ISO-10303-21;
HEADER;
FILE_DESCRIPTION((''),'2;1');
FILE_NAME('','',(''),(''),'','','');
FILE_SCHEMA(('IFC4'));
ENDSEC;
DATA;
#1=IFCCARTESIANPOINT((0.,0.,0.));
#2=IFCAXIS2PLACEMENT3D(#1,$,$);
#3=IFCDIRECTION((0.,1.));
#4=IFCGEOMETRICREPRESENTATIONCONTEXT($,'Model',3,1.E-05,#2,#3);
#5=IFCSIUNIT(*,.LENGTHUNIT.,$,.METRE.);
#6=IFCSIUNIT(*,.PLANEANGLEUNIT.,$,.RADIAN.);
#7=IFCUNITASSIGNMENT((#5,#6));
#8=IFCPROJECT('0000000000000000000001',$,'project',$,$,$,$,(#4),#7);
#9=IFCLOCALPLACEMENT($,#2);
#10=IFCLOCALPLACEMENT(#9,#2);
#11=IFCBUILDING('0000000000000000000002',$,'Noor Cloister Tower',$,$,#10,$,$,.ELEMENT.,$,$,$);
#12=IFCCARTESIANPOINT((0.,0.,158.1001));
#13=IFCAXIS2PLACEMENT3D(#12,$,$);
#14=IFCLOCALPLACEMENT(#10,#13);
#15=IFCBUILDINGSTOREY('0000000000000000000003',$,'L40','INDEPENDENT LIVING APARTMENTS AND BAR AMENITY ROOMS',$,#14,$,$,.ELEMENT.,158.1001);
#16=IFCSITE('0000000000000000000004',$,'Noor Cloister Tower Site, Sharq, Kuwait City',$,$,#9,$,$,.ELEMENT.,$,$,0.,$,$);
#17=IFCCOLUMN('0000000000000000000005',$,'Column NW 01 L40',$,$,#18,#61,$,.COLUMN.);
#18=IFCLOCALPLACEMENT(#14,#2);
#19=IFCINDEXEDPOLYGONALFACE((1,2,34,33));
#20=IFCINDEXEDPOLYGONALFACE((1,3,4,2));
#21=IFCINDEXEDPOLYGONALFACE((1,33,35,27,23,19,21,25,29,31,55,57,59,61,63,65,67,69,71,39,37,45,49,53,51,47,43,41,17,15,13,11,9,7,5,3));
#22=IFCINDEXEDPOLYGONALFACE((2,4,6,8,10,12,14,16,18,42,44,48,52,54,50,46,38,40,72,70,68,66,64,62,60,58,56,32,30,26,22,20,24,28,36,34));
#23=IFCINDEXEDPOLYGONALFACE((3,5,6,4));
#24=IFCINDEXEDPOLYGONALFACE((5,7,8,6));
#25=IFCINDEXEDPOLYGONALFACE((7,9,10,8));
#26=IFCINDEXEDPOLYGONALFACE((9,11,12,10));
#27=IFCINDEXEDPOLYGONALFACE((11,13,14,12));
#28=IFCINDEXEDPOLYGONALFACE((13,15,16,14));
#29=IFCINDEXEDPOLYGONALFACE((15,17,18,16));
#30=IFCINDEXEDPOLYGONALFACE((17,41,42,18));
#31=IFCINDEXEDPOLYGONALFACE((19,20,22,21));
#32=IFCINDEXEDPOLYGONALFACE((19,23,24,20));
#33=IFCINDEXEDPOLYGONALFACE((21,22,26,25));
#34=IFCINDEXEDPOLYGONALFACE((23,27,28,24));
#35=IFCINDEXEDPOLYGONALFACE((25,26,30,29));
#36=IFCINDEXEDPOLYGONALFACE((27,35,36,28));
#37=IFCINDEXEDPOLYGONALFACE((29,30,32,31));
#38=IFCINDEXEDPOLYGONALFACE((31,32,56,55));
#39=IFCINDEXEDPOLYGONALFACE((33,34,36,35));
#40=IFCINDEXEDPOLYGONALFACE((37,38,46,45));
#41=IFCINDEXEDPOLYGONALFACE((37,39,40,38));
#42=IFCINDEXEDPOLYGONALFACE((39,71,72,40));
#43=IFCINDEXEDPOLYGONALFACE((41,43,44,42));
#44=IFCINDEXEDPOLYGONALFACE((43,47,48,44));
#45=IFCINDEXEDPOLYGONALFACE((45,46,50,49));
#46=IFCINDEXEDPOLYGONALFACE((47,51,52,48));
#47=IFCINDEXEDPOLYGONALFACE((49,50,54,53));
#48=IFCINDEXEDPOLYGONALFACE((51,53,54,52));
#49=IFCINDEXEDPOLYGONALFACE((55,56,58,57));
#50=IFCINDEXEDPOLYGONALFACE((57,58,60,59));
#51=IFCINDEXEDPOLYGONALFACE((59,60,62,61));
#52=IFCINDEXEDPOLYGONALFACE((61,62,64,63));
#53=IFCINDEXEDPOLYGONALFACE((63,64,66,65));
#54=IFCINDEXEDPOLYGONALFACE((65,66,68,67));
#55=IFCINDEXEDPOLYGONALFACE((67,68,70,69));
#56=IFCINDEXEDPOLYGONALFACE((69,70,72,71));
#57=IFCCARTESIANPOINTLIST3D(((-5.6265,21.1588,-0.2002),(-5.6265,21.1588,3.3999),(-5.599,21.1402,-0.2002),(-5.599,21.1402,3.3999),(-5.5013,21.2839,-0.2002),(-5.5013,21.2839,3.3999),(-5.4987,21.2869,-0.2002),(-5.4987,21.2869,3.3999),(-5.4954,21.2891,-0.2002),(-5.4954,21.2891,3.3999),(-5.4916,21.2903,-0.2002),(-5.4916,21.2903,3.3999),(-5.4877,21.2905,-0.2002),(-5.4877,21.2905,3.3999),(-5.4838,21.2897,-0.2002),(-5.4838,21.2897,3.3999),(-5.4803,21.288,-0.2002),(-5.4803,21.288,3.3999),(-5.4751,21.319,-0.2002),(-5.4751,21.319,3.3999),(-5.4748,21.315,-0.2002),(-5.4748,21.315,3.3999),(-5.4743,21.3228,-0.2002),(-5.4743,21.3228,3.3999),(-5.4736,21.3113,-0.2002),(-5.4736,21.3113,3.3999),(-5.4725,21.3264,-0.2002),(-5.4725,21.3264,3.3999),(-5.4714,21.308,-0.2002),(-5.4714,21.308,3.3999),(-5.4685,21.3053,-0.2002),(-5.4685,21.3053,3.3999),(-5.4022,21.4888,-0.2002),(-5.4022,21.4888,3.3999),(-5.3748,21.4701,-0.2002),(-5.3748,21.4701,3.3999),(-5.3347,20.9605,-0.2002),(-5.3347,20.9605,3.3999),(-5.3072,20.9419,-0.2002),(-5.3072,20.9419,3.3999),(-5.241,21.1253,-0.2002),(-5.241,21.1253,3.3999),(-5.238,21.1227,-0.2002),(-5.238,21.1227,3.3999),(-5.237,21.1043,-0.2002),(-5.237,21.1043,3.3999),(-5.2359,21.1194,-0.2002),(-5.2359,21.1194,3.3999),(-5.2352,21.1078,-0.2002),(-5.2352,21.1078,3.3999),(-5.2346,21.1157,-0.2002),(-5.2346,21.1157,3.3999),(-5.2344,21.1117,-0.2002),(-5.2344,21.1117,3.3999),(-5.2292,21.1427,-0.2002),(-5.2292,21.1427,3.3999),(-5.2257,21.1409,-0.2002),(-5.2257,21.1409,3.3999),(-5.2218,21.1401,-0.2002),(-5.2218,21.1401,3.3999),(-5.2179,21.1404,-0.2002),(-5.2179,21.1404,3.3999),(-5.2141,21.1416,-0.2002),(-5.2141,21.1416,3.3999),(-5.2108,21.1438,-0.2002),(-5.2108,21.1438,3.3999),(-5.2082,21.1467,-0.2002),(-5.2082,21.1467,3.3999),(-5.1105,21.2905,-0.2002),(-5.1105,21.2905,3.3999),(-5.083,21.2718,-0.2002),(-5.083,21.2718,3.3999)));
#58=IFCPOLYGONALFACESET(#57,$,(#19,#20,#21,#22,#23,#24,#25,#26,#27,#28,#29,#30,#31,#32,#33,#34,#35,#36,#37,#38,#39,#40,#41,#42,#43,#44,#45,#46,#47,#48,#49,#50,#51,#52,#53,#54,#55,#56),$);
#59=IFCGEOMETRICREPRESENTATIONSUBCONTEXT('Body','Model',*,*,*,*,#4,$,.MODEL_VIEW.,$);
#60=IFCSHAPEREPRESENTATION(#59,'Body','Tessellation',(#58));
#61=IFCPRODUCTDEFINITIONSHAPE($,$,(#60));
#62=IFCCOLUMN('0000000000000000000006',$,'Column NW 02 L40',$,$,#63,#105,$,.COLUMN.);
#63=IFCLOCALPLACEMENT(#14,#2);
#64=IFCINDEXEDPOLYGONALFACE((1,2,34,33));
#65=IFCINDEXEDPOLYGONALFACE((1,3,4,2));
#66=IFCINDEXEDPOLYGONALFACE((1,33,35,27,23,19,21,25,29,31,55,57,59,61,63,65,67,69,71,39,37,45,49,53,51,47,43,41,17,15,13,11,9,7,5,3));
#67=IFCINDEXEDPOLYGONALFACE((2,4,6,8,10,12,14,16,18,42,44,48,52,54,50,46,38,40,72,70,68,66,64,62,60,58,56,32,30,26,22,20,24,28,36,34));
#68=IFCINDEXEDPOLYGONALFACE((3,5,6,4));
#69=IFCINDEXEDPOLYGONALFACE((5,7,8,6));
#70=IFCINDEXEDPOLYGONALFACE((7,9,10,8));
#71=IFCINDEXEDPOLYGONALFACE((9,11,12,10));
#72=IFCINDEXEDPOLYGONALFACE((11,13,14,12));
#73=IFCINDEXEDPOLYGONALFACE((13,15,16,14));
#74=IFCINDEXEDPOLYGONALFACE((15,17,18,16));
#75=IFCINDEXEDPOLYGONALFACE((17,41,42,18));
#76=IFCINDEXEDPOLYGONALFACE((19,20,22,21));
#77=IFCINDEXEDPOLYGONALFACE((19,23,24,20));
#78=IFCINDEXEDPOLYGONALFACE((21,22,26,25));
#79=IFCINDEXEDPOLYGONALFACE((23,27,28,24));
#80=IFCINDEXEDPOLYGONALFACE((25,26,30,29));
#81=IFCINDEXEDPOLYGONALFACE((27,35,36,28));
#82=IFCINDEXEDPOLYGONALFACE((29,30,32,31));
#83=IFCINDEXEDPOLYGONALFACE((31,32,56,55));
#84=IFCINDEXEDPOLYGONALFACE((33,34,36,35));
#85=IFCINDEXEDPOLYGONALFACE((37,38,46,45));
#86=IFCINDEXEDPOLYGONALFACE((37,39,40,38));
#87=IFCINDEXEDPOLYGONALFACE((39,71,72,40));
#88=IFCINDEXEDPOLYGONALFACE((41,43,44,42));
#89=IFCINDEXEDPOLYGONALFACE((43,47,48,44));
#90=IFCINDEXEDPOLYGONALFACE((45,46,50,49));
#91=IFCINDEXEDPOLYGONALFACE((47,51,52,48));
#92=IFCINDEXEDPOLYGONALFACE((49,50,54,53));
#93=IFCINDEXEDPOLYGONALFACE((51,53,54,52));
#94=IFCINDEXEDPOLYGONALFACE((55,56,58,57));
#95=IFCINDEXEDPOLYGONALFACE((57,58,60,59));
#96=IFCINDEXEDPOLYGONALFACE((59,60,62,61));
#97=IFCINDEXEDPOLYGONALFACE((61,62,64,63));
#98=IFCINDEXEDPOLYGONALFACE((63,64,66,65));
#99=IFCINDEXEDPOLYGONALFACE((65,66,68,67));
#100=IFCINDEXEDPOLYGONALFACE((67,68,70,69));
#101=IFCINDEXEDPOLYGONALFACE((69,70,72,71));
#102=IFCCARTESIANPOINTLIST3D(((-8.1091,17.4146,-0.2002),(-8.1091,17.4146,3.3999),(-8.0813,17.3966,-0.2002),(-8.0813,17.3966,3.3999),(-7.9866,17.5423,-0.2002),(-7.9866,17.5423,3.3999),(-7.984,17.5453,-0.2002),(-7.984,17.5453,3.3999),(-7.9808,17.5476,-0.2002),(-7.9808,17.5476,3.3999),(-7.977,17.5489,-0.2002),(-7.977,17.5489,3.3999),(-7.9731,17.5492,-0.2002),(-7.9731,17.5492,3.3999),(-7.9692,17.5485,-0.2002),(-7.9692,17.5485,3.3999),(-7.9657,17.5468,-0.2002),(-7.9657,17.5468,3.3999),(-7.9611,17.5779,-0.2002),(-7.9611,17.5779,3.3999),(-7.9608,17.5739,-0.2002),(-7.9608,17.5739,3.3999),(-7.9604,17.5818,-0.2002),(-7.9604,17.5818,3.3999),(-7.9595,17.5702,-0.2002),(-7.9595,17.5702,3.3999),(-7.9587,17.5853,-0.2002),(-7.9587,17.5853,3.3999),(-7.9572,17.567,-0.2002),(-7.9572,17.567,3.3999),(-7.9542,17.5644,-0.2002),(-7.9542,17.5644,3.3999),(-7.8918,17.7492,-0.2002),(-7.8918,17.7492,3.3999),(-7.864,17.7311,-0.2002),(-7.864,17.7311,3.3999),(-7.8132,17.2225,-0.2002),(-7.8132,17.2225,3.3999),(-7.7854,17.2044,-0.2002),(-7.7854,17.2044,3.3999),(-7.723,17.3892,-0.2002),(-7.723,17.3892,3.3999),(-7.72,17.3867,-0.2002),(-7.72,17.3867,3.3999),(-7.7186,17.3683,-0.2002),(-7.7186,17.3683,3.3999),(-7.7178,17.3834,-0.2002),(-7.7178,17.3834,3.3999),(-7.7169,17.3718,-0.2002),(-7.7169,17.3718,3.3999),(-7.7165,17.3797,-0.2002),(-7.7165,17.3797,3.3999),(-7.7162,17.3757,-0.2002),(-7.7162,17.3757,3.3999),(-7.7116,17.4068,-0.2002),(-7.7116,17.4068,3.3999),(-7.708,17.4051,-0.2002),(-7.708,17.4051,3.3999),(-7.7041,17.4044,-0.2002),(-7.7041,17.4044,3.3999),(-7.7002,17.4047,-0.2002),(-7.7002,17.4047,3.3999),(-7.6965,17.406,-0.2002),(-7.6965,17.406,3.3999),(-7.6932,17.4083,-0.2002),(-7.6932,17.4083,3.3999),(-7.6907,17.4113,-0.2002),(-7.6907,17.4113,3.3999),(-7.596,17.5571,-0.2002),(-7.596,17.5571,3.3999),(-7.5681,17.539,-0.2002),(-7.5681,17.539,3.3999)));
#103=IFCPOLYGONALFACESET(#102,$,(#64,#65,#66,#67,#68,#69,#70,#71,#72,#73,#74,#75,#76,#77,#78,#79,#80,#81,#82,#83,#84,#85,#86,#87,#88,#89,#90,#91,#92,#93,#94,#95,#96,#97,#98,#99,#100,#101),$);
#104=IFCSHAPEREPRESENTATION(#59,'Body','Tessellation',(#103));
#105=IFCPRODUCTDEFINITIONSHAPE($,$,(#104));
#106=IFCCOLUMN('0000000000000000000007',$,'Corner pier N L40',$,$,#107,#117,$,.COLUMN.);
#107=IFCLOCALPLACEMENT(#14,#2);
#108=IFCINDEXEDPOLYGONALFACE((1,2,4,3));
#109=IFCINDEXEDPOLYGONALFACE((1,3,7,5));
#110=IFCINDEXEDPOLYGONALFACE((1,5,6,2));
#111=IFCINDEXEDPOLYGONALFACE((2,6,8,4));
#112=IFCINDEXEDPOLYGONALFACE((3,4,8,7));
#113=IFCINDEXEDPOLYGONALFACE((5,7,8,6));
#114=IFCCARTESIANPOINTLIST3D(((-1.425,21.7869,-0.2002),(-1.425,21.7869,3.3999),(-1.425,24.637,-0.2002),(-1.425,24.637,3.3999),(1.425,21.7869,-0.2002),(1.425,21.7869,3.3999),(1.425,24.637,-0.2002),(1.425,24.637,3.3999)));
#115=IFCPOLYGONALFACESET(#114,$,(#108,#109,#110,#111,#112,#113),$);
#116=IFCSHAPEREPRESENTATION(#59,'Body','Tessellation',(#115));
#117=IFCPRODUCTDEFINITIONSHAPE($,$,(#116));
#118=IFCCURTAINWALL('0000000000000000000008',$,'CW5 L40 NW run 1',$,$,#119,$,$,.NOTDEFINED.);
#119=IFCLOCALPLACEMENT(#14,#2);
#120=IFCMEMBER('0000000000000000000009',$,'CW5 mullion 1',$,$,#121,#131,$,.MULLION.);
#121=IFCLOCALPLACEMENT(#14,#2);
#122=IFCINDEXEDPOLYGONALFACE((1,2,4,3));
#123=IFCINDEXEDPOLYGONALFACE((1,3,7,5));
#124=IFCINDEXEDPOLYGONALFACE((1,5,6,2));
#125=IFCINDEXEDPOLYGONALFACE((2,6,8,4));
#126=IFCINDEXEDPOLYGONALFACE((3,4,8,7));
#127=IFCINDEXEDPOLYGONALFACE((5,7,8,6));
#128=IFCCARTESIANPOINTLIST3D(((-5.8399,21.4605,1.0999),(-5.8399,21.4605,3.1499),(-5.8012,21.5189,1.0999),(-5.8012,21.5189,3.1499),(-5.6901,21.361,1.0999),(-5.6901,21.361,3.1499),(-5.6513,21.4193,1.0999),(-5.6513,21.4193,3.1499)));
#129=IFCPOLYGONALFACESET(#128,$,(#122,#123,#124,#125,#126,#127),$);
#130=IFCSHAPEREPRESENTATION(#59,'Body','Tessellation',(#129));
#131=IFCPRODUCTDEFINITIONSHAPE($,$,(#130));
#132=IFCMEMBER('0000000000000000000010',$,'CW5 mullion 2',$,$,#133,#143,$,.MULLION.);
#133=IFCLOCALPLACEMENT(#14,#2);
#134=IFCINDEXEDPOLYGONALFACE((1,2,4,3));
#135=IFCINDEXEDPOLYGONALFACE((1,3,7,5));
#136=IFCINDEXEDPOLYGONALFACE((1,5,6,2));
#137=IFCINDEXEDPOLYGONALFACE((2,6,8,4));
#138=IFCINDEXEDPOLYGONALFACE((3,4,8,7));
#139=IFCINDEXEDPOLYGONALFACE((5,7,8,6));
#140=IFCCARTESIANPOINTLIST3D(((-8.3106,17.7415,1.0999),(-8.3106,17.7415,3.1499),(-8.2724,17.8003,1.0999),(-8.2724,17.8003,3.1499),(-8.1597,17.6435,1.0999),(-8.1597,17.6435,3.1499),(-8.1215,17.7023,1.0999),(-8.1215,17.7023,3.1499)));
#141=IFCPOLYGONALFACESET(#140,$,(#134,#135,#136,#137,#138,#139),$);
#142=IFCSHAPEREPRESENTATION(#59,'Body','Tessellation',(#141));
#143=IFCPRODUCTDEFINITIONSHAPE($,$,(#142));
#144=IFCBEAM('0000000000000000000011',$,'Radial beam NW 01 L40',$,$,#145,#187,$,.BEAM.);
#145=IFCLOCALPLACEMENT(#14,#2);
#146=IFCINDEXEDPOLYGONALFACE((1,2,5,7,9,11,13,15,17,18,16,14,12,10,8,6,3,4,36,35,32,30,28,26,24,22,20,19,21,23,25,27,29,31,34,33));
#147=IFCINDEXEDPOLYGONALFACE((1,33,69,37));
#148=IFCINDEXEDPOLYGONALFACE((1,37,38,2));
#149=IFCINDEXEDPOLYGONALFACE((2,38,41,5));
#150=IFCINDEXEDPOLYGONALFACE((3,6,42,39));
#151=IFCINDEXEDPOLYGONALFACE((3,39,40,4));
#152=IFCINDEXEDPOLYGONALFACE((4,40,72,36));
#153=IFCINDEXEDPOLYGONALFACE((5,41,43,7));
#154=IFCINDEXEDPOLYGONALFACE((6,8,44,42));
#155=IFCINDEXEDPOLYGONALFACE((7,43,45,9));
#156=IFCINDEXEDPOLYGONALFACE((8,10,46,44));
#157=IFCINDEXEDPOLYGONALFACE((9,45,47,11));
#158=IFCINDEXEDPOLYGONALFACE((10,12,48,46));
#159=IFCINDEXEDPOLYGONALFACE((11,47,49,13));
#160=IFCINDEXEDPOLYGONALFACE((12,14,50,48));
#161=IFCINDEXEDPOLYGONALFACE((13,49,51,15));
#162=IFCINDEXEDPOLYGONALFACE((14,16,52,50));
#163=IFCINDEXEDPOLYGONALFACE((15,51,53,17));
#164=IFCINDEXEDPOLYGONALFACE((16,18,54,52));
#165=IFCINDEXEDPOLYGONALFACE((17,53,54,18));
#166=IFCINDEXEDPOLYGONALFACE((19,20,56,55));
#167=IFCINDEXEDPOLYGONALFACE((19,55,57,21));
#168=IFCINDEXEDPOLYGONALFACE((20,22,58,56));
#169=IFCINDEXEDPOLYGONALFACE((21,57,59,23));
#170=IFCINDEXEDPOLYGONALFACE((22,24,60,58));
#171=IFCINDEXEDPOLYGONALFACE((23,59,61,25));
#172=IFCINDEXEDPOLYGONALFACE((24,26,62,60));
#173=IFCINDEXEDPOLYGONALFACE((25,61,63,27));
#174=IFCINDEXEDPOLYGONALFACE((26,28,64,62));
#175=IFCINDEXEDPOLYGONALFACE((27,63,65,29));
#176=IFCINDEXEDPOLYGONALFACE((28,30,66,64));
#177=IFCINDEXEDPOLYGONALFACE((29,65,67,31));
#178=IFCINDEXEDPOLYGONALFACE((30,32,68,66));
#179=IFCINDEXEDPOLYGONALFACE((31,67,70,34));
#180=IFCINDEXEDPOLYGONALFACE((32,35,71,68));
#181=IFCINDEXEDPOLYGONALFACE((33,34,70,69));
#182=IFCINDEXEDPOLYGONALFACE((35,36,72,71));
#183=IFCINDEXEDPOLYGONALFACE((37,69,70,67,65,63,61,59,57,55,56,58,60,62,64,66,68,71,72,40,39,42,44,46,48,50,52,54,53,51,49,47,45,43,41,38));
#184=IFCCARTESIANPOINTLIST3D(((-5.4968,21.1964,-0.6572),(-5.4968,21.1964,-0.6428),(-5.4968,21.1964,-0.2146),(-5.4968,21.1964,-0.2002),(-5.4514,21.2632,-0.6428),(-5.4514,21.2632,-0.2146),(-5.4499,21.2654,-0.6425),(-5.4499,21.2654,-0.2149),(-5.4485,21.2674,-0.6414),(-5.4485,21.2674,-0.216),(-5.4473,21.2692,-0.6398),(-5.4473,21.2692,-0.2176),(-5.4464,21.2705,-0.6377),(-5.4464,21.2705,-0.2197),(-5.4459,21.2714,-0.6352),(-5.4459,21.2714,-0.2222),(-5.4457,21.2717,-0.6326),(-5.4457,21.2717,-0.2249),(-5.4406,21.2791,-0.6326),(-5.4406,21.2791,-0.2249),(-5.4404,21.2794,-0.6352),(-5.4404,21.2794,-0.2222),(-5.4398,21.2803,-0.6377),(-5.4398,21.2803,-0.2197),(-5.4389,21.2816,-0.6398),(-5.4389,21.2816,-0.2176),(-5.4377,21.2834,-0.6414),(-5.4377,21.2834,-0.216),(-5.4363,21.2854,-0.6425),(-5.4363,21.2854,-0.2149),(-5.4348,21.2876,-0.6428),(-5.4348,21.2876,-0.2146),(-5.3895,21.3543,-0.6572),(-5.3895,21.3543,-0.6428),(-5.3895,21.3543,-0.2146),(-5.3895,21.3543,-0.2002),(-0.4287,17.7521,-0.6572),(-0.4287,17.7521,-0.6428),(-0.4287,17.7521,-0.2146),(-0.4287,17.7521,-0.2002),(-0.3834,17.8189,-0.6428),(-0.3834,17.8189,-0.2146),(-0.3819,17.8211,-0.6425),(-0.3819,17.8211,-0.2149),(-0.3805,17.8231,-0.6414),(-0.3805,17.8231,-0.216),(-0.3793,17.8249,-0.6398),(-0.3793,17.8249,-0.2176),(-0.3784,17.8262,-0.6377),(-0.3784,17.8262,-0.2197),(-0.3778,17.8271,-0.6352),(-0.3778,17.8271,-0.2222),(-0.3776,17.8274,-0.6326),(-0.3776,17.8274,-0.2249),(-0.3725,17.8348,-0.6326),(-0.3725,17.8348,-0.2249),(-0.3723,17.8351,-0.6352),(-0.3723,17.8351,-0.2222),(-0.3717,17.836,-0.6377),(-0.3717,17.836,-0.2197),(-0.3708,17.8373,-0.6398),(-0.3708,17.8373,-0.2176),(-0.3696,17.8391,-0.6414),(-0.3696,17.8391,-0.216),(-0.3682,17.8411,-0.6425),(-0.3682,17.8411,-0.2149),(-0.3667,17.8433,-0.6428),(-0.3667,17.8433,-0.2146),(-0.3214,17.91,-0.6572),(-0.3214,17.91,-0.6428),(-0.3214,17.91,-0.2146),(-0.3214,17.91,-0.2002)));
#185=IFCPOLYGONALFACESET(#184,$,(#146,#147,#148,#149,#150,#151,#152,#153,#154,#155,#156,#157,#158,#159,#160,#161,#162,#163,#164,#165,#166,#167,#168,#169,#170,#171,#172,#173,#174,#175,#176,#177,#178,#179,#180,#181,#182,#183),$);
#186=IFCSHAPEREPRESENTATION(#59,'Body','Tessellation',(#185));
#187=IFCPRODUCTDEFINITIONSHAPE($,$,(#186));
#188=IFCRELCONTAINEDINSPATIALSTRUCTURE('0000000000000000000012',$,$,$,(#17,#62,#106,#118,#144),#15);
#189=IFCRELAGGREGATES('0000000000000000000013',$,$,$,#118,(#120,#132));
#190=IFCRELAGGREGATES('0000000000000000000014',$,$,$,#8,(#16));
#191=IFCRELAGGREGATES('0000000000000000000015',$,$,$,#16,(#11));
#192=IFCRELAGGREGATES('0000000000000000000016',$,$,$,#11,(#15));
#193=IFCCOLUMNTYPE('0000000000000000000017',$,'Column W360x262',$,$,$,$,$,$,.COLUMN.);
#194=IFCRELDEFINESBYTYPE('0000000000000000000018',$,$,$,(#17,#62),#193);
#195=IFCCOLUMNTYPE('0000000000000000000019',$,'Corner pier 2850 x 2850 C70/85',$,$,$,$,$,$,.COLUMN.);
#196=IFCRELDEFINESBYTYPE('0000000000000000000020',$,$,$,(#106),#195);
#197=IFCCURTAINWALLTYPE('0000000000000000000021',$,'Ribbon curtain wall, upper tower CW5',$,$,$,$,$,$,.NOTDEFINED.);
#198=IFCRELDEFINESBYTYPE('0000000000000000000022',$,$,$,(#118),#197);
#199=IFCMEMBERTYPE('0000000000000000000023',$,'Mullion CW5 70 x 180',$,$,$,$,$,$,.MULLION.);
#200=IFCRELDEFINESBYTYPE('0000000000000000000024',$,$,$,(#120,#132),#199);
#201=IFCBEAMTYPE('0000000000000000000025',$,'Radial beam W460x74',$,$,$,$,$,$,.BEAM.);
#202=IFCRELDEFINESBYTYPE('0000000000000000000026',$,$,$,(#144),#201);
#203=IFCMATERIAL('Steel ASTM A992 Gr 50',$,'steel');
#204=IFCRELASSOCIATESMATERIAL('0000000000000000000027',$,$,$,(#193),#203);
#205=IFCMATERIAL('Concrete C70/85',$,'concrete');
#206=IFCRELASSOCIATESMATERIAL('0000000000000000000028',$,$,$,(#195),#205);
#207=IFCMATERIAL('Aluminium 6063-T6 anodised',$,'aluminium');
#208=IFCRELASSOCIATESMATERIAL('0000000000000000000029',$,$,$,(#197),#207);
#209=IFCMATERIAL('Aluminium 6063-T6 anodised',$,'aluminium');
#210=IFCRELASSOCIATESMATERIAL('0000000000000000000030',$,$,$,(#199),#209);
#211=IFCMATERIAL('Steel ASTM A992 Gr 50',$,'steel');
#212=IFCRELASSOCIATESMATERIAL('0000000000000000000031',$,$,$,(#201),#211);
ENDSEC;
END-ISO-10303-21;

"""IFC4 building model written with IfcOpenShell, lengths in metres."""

from ifc_helpers import new_model, si_unit, direction, frame, origin, origin_2d, place, context, subcontext, project, spatial, rectangle, i_section, extrude, material, material_profile, profile_set, type_object, element, aggregate, save


model = new_model("IFC4")

# Units and contexts
model_context = context("Model", 3, precision=1e-05, world=origin(), true_north=direction((0.0, 1.0)))
body_context = subcontext(model_context, "Body", "Model", "MODEL_VIEW")
ifc_project = project(units=[si_unit("LENGTHUNIT", "METRE"), si_unit("PLANEANGLEUNIT", "RADIAN")], contexts=[model_context])

# Site, building, storey
site_placement = place(None, origin())
site = spatial("IfcSite", under=ifc_project, at=site_placement, Name="Noor Cloister Tower Site, Sharq, Kuwait City", CompositionType="ELEMENT", RefElevation=0.0)
building_placement = place(site_placement, origin())
building = spatial("IfcBuilding", under=site, at=building_placement, Name="Noor Cloister Tower", CompositionType="ELEMENT")
storey_placement = place(building_placement, frame((0.0, 0.0, 158.1001)))
storey = spatial("IfcBuildingStorey", under=building, at=storey_placement, Name="L40", Description="INDEPENDENT LIVING APARTMENTS AND BAR AMENITY ROOMS", CompositionType="ELEMENT", Elevation=158.1001)

# Columns
ifc_material_1 = material(Name="Steel ASTM A992 Gr 50", Category="steel")
ifc_material_profile_1 = material_profile(ifc_material_1, i_section(OverallWidth=0.3989, OverallDepth=0.386, WebThickness=0.021, FlangeThickness=0.0332, FilletRadius=0.0151, at=origin_2d()), Name="W360x262")
ifc_profile_set_1 = profile_set([ifc_material_profile_1], Name="Steel ASTM A992 Gr 50")
column_type_1 = type_object("IfcColumnType", Name="Column W360x262", PredefinedType="COLUMN", material=ifc_profile_set_1)
for number, where, z_axis, x_axis, name in (
    (1, (-5.3547, 21.2153, -0.2002), (0.0, 0.0, 1.0), (-0.56209, -0.827076, 0.0), "Column NW 01 L40"),
    (2, (-7.8386, 17.4768, -0.2002), (0.0, 0.0, 1.0), (-0.544644, -0.838667, 0.0), "Column NW 02 L40"),
):
    element("IfcColumn", number, at=place(storey_placement, frame(where, z_axis=z_axis, x_axis=x_axis)), inside=storey, type_object=column_type_1, Name=name, PredefinedType="COLUMN", context=body_context, shape_type="SweptSolid", body=[
        extrude(i_section(OverallWidth=0.3989, OverallDepth=0.386, WebThickness=0.021, FlangeThickness=0.0332, FilletRadius=0.0151, at=origin_2d()), origin(), (0.0, 0.0, 1.0), 3.6001),
    ])
ifc_material_2 = material(Name="Concrete C70/85", Category="concrete")
ifc_material_profile_2 = material_profile(ifc_material_2, rectangle(XDim=2.8501, YDim=2.8501, at=origin_2d()), Name="RC 2850x2850")
ifc_profile_set_2 = profile_set([ifc_material_profile_2], Name="Concrete C70/85")
column_type_2 = type_object("IfcColumnType", Name="Corner pier 2850 x 2850 C70/85", PredefinedType="COLUMN", material=ifc_profile_set_2)
column_placement = place(storey_placement, frame((0.0, 23.2119, -0.2002), z_axis=(0.0, 0.0, 1.0), x_axis=(0.0, 1.0, 0.0)))
element("IfcColumn", 3, at=column_placement, inside=storey, type_object=column_type_2, Name="Corner pier N L40", PredefinedType="COLUMN", context=body_context, shape_type="SweptSolid", body=[
    extrude(rectangle(XDim=2.8501, YDim=2.8501, at=origin_2d()), origin(), (0.0, 0.0, 1.0), 3.6001),
])

# Curtain wall, members
ifc_material_3 = material(Name="Aluminium 6063-T6 anodised", Category="aluminium")
curtain_wall_type = type_object("IfcCurtainWallType", Name="Ribbon curtain wall, upper tower CW5", PredefinedType="NOTDEFINED", material=ifc_material_3)
curtain_wall_placement = place(storey_placement, origin())
curtain_wall = element("IfcCurtainWall", 4, at=curtain_wall_placement, inside=storey, type_object=curtain_wall_type, Name="CW5 L40 NW run 1", PredefinedType="NOTDEFINED")
ifc_material_4 = material(Name="Aluminium 6063-T6 anodised", Category="aluminium")
ifc_material_profile_3 = material_profile(ifc_material_4, rectangle(XDim=0.1799, YDim=0.0701, at=origin_2d()), Name="180 x 70 mullion")
ifc_profile_set_3 = profile_set([ifc_material_profile_3], Name="Aluminium 6063-T6 anodised")
member_type = type_object("IfcMemberType", Name="Mullion CW5 70 x 180", PredefinedType="MULLION", material=ifc_profile_set_3)
member_1_placement = place(storey_placement, frame((-5.7456, 21.4399, 1.0999), z_axis=(0.0, 0.0, 1.0), x_axis=(0.832917, -0.553398, 0.0)))
member_1 = element("IfcMember", 5, at=member_1_placement, type_object=member_type, Name="CW5 mullion 1", PredefinedType="MULLION", context=body_context, shape_type="SweptSolid", body=[
    extrude(rectangle(XDim=0.1799, YDim=0.0701, at=origin_2d()), origin(), (0.0, 0.0, 1.0), 2.05),
])
member_2_placement = place(storey_placement, frame((-8.2161, 17.7219, 1.0999), z_axis=(0.0, 0.0, 1.0), x_axis=(0.838667, -0.544644, 0.0)))
member_2 = element("IfcMember", 6, at=member_2_placement, type_object=member_type, Name="CW5 mullion 2", PredefinedType="MULLION", context=body_context, shape_type="SweptSolid", body=[
    extrude(rectangle(XDim=0.1799, YDim=0.0701, at=origin_2d()), origin(), (0.0, 0.0, 1.0), 2.05),
])

# Beam
ifc_material_5 = material(Name="Steel ASTM A992 Gr 50", Category="steel")
ifc_material_profile_4 = material_profile(ifc_material_5, i_section(OverallWidth=0.1909, OverallDepth=0.457, WebThickness=0.009, FlangeThickness=0.0144, FilletRadius=0.0103, at=origin_2d()), Name="W460x74")
ifc_profile_set_4 = profile_set([ifc_material_profile_4], Name="Steel ASTM A992 Gr 50")
beam_type_1 = type_object("IfcBeamType", Name="Radial beam W460x74", PredefinedType="BEAM", material=ifc_profile_set_4)
beam_1_placement = place(storey_placement, frame((-5.4431, 21.2754, -0.4287), z_axis=(0.827077, -0.562089, 0.0), x_axis=(0.562089, 0.827077, 0.0)))
element("IfcBeam", 7, at=beam_1_placement, inside=storey, type_object=beam_type_1, Name="Radial beam NW 01 L40", PredefinedType="BEAM", context=body_context, shape_type="SweptSolid", body=[
    extrude(i_section(OverallWidth=0.1909, OverallDepth=0.457, WebThickness=0.009, FlangeThickness=0.0144, FilletRadius=0.0103, at=origin_2d()), origin(), (0.0, 0.0, 1.0), 6.1277),
])

aggregate(curtain_wall, [member_1, member_2])

save(model, "model.ifc")
